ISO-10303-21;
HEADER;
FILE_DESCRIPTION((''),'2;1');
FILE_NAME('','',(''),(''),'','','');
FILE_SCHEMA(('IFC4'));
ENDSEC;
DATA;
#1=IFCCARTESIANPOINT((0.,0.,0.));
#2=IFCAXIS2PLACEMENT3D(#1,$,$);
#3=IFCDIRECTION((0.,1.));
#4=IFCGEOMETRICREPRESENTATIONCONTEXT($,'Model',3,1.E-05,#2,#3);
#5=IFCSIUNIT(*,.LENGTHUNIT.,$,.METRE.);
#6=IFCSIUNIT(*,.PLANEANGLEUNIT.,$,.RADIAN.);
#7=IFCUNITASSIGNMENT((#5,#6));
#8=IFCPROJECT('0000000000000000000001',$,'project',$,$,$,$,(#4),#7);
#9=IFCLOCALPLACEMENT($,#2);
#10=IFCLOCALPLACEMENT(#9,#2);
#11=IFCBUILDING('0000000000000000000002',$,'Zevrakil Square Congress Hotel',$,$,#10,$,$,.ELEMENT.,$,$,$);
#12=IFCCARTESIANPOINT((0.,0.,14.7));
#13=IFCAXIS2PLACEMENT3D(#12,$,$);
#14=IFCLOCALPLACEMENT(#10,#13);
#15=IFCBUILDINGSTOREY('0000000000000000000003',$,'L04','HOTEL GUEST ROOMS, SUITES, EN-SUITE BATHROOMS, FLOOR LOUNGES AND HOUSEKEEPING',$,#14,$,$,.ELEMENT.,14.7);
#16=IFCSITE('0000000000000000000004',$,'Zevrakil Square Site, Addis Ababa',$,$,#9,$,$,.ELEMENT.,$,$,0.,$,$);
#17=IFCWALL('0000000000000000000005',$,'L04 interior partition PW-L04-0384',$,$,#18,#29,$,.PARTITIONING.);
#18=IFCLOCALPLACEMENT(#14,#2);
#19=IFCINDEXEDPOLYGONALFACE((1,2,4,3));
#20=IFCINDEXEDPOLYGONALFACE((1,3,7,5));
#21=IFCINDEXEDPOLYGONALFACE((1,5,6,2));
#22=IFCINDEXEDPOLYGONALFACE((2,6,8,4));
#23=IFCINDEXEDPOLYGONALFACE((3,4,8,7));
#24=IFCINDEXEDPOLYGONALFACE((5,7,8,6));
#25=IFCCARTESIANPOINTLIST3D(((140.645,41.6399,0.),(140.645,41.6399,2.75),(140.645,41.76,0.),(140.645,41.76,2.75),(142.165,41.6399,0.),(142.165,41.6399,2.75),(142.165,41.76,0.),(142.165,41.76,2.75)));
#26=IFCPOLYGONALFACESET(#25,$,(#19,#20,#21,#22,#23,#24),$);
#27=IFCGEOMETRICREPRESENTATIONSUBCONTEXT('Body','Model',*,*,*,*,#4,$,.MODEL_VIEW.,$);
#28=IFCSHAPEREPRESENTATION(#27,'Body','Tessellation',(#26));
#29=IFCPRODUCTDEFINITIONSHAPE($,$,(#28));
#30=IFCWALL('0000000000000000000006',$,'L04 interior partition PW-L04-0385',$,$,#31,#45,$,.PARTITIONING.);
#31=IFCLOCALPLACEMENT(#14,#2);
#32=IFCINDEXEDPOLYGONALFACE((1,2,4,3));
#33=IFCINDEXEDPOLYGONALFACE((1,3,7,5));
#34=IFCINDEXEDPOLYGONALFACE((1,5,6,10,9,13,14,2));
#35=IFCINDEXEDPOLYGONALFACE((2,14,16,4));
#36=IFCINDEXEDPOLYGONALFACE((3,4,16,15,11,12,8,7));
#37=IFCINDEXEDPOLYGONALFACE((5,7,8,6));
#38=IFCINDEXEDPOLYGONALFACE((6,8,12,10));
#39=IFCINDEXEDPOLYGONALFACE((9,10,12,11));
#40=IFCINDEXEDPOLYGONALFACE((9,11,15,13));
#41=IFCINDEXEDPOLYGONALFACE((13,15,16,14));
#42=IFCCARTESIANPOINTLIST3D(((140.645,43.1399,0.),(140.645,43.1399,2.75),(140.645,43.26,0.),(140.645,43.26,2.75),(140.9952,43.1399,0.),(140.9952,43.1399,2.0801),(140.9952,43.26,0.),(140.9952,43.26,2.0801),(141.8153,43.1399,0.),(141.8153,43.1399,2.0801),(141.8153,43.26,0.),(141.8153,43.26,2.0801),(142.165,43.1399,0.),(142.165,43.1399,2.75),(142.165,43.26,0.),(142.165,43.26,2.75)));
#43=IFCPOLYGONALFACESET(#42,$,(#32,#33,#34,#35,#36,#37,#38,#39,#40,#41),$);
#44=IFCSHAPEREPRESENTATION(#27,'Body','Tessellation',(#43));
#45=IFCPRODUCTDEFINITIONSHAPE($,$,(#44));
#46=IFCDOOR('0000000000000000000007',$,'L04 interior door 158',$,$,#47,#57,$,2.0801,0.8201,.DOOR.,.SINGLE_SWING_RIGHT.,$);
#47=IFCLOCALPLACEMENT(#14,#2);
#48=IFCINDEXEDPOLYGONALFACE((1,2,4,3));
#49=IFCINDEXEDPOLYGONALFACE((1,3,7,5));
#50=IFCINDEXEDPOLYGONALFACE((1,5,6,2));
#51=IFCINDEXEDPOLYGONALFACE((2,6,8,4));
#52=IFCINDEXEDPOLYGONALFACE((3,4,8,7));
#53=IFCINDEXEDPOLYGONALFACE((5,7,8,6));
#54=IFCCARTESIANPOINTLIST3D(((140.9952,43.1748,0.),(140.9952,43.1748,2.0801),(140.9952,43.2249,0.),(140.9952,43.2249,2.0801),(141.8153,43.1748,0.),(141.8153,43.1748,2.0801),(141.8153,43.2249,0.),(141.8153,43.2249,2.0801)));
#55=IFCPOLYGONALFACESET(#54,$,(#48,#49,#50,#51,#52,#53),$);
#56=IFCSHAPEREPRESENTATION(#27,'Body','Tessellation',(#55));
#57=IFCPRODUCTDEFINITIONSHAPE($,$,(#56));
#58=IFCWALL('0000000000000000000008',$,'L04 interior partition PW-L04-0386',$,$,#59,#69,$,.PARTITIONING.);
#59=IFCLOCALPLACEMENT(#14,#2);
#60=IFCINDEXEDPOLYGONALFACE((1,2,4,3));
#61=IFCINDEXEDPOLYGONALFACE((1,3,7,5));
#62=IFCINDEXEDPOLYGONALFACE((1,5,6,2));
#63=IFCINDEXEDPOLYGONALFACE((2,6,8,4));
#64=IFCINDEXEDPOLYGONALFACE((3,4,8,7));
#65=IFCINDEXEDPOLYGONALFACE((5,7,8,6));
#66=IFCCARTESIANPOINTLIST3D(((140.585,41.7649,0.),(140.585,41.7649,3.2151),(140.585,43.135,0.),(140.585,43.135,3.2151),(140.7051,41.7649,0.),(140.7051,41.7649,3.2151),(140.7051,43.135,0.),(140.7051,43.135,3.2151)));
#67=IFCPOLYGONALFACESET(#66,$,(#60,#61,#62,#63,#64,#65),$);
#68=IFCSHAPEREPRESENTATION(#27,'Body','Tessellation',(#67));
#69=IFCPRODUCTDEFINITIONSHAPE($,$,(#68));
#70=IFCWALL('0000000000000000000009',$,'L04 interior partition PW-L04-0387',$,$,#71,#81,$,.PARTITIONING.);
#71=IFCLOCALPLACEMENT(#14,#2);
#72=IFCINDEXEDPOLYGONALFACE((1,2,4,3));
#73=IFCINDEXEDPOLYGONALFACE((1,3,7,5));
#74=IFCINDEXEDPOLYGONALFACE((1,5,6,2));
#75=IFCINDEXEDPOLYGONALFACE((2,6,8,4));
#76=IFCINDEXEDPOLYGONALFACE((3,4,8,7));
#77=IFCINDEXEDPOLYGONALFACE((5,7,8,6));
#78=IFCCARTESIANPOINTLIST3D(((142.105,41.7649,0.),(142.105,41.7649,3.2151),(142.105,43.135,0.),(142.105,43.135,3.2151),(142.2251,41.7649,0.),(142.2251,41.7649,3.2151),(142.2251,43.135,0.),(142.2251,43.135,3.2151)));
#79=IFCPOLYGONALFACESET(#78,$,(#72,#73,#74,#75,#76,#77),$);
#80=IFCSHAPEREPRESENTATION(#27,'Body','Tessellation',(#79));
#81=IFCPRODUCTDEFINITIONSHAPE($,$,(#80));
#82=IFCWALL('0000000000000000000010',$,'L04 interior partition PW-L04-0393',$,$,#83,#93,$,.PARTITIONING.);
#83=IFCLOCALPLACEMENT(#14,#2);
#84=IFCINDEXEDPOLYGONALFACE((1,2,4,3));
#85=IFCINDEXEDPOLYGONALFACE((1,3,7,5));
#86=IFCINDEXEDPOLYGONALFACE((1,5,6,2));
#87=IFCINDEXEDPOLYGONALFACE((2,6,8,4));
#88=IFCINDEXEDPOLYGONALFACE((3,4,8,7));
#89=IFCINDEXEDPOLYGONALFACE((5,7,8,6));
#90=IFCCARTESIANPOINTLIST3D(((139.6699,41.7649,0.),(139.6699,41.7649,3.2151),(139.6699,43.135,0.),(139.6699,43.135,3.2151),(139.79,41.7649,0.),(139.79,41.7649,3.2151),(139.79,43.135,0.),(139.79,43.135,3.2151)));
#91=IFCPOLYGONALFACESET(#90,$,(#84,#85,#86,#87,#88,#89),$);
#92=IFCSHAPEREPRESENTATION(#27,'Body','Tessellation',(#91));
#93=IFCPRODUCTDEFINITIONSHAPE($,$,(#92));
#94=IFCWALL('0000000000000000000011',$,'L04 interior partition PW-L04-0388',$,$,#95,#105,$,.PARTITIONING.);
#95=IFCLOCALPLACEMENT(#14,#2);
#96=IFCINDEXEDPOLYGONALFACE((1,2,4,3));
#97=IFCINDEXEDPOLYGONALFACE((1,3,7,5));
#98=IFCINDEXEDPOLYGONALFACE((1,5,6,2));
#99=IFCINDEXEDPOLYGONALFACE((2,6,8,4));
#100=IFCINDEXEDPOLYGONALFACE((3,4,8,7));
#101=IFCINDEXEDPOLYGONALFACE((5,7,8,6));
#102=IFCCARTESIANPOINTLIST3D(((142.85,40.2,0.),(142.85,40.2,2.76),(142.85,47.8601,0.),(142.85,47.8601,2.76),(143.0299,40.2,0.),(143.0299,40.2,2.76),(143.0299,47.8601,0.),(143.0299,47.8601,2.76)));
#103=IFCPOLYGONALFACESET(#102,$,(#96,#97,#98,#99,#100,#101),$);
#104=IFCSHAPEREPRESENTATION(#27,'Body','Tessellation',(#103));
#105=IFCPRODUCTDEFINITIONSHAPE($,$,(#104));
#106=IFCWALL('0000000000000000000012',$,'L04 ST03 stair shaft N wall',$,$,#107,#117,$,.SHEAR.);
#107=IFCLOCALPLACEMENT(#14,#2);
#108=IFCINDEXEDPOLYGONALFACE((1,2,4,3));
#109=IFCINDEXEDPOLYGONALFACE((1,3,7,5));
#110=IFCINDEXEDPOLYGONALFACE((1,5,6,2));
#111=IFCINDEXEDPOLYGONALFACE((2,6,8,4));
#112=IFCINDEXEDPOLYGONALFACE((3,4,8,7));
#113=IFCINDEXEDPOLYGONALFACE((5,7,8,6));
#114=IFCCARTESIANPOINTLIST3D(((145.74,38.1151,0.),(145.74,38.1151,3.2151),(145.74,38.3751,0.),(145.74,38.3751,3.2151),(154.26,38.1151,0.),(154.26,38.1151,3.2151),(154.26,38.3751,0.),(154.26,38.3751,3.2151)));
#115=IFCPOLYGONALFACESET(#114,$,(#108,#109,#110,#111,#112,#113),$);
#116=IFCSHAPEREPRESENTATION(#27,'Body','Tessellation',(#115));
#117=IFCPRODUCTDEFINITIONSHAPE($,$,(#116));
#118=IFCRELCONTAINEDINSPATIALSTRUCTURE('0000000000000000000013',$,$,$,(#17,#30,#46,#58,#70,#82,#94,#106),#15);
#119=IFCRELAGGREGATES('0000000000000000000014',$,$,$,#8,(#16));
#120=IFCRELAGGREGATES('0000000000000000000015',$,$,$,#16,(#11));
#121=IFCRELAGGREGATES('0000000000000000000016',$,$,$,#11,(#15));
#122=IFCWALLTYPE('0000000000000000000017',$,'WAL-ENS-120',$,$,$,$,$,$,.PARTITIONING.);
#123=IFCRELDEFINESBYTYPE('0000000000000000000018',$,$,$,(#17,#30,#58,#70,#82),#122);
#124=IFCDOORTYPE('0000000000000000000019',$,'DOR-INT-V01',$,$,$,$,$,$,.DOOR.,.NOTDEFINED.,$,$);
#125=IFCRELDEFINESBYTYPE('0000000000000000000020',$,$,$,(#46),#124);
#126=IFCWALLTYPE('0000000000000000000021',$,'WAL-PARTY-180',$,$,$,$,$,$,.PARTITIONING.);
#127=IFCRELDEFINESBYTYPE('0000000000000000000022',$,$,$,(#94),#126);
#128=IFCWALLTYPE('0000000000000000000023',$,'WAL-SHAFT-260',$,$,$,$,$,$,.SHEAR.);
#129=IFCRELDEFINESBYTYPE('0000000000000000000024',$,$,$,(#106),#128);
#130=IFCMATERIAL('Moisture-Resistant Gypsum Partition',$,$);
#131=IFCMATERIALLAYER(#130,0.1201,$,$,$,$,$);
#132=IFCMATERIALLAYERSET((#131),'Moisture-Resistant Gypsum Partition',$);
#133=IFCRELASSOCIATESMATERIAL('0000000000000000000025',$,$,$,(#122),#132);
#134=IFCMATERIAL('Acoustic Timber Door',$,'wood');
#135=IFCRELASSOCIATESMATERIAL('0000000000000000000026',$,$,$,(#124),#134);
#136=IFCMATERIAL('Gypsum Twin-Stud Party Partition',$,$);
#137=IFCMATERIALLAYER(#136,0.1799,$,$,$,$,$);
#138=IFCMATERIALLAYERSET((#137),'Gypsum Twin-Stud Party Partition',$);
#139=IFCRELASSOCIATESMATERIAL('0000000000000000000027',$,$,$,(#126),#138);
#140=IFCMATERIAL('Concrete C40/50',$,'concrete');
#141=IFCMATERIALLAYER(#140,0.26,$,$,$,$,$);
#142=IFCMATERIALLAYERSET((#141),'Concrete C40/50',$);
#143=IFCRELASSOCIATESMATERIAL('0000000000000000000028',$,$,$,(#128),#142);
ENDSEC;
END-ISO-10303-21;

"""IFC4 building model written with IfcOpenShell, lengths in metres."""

from ifc_helpers import new_model, si_unit, direction, frame, frame_2d, origin, place, context, subcontext, project, spatial, rectangle, extrude, material, layer, layer_set, type_object, element, fill, save


model = new_model("IFC4")

# Units and contexts
model_context = context("Model", 3, precision=1e-05, world=origin(), true_north=direction((0.0, 1.0)))
body_context = subcontext(model_context, "Body", "Model", "MODEL_VIEW")
ifc_project = project(units=[si_unit("LENGTHUNIT", "METRE"), si_unit("PLANEANGLEUNIT", "RADIAN")], contexts=[model_context])

# Site, building, storey
site_placement = place(None, origin())
site = spatial("IfcSite", under=ifc_project, at=site_placement, Name="Zevrakil Square Site, Addis Ababa", CompositionType="ELEMENT", RefElevation=0.0)
building_placement = place(site_placement, origin())
building = spatial("IfcBuilding", under=site, at=building_placement, Name="Zevrakil Square Congress Hotel", CompositionType="ELEMENT")
storey_placement = place(building_placement, frame((0.0, 0.0, 14.7)))
storey = spatial("IfcBuildingStorey", under=building, at=storey_placement, Name="L04", Description="HOTEL GUEST ROOMS, SUITES, EN-SUITE BATHROOMS, FLOOR LOUNGES AND HOUSEKEEPING", CompositionType="ELEMENT", Elevation=14.7)

# Wall
ifc_material_1 = material(Name="Moisture-Resistant Gypsum Partition")
ifc_layer_1 = layer(ifc_material_1, 0.1201)
ifc_layer_set_1 = layer_set([ifc_layer_1], Name="Moisture-Resistant Gypsum Partition")
wall_type_1 = type_object("IfcWallType", Name="WAL-ENS-120", PredefinedType="PARTITIONING", material=ifc_layer_set_1)
for number, where, z_axis, x_axis, name in (
    (1, (140.645, 41.7, 0.0), (0.0, 0.0, 1.0), (1.0, 0.0, 0.0), "L04 interior partition PW-L04-0384"),
):
    element("IfcWall", number, at=place(storey_placement, frame(where, z_axis=z_axis, x_axis=x_axis)), inside=storey, type_object=wall_type_1, Name=name, PredefinedType="PARTITIONING", context=body_context, shape_type="SweptSolid", body=[
        extrude(rectangle(XDim=1.52, YDim=0.1201, at=frame_2d((0.76, 0.0))), origin(), (0.0, 0.0, 1.0), 2.75),
    ])

# Wall, opening, door
wall_1_placement = place(storey_placement, frame((140.645, 43.2, 0.0), z_axis=(0.0, 0.0, 1.0), x_axis=(1.0, 0.0, 0.0)))
wall_1 = element("IfcWall", 2, at=wall_1_placement, inside=storey, type_object=wall_type_1, Name="L04 interior partition PW-L04-0385", PredefinedType="PARTITIONING", context=body_context, shape_type="SweptSolid", body=[
    extrude(rectangle(XDim=1.52, YDim=0.1201, at=frame_2d((0.76, 0.0))), origin(), (0.0, 0.0, 1.0), 2.75),
])
opening_1_placement = place(wall_1_placement, frame((0.3501, 0.0, 0.0)))
opening_1 = element("IfcOpeningElement", 3, at=opening_1_placement, cuts=wall_1, PredefinedType="OPENING", context=body_context, shape_type="SweptSolid", body=[
    extrude(rectangle(XDim=0.8201, YDim=2.0801, at=frame_2d((0.4102, 1.04))), frame((0.0, 0.0701, 0.0), z_axis=(0.0, -1.0, 0.0), x_axis=(1.0, 0.0, 0.0)), (0.0, 0.0, 1.0), 0.1401),
])
ifc_material_2 = material(Name="Acoustic Timber Door", Category="wood")
door_type_1 = type_object("IfcDoorType", Name="DOR-INT-V01", OperationType="NOTDEFINED", PredefinedType="DOOR", material=ifc_material_2)
door_1_placement = place(opening_1_placement, origin())
door_1 = element("IfcDoor", 4, at=door_1_placement, inside=storey, type_object=door_type_1, Name="L04 interior door 158", OperationType="SINGLE_SWING_RIGHT", OverallHeight=2.0801, OverallWidth=0.8201, PredefinedType="DOOR", context=body_context, shape_type="SweptSolid", body=[
    extrude(rectangle(XDim=0.8201, YDim=2.0801, at=frame_2d((0.4102, 1.04))), frame((0.0, 0.0249, 0.0), z_axis=(0.0, -1.0, 0.0), x_axis=(1.0, 0.0, 0.0)), (0.0, 0.0, 1.0), 0.05),
])
fill(opening_1, door_1)

# Walls
for number, where, z_axis, x_axis, name in (
    (5, (140.645, 41.7649, 0.0), (0.0, 0.0, 1.0), (0.0, 1.0, 0.0), "L04 interior partition PW-L04-0386"),
    (6, (142.165, 41.7649, 0.0), (0.0, 0.0, 1.0), (0.0, 1.0, 0.0), "L04 interior partition PW-L04-0387"),
    (7, (139.73, 41.7649, 0.0), (0.0, 0.0, 1.0), (0.0, 1.0, 0.0), "L04 interior partition PW-L04-0393"),
):
    element("IfcWall", number, at=place(storey_placement, frame(where, z_axis=z_axis, x_axis=x_axis)), inside=storey, type_object=wall_type_1, Name=name, PredefinedType="PARTITIONING", context=body_context, shape_type="SweptSolid", body=[
        extrude(rectangle(XDim=1.3701, YDim=0.1201, at=frame_2d((0.6851, 0.0))), origin(), (0.0, 0.0, 1.0), 3.2151),
    ])
ifc_material_3 = material(Name="Gypsum Twin-Stud Party Partition")
ifc_layer_2 = layer(ifc_material_3, 0.1799)
ifc_layer_set_2 = layer_set([ifc_layer_2], Name="Gypsum Twin-Stud Party Partition")
wall_type_2 = type_object("IfcWallType", Name="WAL-PARTY-180", PredefinedType="PARTITIONING", material=ifc_layer_set_2)
wall_2_placement = place(storey_placement, frame((142.9399, 40.2, 0.0), z_axis=(0.0, 0.0, 1.0), x_axis=(0.0, 1.0, 0.0)))
element("IfcWall", 8, at=wall_2_placement, inside=storey, type_object=wall_type_2, Name="L04 interior partition PW-L04-0388", PredefinedType="PARTITIONING", context=body_context, shape_type="SweptSolid", body=[
    extrude(rectangle(XDim=7.6602, YDim=0.1799, at=frame_2d((3.8301, 0.0))), origin(), (0.0, 0.0, 1.0), 2.76),
])
ifc_material_4 = material(Name="Concrete C40/50", Category="concrete")
ifc_layer_3 = layer(ifc_material_4, 0.26)
ifc_layer_set_3 = layer_set([ifc_layer_3], Name="Concrete C40/50")
wall_type_3 = type_object("IfcWallType", Name="WAL-SHAFT-260", PredefinedType="SHEAR", material=ifc_layer_set_3)
wall_3_placement = place(storey_placement, frame((145.74, 38.2451, 0.0), z_axis=(0.0, 0.0, 1.0), x_axis=(1.0, 0.0, 0.0)))
element("IfcWall", 9, at=wall_3_placement, inside=storey, type_object=wall_type_3, Name="L04 ST03 stair shaft N wall", PredefinedType="SHEAR", context=body_context, shape_type="SweptSolid", body=[
    extrude(rectangle(XDim=8.52, YDim=0.26, at=frame_2d((4.26, 0.0))), origin(), (0.0, 0.0, 1.0), 3.2151),
])

save(model, "model.ifc")
